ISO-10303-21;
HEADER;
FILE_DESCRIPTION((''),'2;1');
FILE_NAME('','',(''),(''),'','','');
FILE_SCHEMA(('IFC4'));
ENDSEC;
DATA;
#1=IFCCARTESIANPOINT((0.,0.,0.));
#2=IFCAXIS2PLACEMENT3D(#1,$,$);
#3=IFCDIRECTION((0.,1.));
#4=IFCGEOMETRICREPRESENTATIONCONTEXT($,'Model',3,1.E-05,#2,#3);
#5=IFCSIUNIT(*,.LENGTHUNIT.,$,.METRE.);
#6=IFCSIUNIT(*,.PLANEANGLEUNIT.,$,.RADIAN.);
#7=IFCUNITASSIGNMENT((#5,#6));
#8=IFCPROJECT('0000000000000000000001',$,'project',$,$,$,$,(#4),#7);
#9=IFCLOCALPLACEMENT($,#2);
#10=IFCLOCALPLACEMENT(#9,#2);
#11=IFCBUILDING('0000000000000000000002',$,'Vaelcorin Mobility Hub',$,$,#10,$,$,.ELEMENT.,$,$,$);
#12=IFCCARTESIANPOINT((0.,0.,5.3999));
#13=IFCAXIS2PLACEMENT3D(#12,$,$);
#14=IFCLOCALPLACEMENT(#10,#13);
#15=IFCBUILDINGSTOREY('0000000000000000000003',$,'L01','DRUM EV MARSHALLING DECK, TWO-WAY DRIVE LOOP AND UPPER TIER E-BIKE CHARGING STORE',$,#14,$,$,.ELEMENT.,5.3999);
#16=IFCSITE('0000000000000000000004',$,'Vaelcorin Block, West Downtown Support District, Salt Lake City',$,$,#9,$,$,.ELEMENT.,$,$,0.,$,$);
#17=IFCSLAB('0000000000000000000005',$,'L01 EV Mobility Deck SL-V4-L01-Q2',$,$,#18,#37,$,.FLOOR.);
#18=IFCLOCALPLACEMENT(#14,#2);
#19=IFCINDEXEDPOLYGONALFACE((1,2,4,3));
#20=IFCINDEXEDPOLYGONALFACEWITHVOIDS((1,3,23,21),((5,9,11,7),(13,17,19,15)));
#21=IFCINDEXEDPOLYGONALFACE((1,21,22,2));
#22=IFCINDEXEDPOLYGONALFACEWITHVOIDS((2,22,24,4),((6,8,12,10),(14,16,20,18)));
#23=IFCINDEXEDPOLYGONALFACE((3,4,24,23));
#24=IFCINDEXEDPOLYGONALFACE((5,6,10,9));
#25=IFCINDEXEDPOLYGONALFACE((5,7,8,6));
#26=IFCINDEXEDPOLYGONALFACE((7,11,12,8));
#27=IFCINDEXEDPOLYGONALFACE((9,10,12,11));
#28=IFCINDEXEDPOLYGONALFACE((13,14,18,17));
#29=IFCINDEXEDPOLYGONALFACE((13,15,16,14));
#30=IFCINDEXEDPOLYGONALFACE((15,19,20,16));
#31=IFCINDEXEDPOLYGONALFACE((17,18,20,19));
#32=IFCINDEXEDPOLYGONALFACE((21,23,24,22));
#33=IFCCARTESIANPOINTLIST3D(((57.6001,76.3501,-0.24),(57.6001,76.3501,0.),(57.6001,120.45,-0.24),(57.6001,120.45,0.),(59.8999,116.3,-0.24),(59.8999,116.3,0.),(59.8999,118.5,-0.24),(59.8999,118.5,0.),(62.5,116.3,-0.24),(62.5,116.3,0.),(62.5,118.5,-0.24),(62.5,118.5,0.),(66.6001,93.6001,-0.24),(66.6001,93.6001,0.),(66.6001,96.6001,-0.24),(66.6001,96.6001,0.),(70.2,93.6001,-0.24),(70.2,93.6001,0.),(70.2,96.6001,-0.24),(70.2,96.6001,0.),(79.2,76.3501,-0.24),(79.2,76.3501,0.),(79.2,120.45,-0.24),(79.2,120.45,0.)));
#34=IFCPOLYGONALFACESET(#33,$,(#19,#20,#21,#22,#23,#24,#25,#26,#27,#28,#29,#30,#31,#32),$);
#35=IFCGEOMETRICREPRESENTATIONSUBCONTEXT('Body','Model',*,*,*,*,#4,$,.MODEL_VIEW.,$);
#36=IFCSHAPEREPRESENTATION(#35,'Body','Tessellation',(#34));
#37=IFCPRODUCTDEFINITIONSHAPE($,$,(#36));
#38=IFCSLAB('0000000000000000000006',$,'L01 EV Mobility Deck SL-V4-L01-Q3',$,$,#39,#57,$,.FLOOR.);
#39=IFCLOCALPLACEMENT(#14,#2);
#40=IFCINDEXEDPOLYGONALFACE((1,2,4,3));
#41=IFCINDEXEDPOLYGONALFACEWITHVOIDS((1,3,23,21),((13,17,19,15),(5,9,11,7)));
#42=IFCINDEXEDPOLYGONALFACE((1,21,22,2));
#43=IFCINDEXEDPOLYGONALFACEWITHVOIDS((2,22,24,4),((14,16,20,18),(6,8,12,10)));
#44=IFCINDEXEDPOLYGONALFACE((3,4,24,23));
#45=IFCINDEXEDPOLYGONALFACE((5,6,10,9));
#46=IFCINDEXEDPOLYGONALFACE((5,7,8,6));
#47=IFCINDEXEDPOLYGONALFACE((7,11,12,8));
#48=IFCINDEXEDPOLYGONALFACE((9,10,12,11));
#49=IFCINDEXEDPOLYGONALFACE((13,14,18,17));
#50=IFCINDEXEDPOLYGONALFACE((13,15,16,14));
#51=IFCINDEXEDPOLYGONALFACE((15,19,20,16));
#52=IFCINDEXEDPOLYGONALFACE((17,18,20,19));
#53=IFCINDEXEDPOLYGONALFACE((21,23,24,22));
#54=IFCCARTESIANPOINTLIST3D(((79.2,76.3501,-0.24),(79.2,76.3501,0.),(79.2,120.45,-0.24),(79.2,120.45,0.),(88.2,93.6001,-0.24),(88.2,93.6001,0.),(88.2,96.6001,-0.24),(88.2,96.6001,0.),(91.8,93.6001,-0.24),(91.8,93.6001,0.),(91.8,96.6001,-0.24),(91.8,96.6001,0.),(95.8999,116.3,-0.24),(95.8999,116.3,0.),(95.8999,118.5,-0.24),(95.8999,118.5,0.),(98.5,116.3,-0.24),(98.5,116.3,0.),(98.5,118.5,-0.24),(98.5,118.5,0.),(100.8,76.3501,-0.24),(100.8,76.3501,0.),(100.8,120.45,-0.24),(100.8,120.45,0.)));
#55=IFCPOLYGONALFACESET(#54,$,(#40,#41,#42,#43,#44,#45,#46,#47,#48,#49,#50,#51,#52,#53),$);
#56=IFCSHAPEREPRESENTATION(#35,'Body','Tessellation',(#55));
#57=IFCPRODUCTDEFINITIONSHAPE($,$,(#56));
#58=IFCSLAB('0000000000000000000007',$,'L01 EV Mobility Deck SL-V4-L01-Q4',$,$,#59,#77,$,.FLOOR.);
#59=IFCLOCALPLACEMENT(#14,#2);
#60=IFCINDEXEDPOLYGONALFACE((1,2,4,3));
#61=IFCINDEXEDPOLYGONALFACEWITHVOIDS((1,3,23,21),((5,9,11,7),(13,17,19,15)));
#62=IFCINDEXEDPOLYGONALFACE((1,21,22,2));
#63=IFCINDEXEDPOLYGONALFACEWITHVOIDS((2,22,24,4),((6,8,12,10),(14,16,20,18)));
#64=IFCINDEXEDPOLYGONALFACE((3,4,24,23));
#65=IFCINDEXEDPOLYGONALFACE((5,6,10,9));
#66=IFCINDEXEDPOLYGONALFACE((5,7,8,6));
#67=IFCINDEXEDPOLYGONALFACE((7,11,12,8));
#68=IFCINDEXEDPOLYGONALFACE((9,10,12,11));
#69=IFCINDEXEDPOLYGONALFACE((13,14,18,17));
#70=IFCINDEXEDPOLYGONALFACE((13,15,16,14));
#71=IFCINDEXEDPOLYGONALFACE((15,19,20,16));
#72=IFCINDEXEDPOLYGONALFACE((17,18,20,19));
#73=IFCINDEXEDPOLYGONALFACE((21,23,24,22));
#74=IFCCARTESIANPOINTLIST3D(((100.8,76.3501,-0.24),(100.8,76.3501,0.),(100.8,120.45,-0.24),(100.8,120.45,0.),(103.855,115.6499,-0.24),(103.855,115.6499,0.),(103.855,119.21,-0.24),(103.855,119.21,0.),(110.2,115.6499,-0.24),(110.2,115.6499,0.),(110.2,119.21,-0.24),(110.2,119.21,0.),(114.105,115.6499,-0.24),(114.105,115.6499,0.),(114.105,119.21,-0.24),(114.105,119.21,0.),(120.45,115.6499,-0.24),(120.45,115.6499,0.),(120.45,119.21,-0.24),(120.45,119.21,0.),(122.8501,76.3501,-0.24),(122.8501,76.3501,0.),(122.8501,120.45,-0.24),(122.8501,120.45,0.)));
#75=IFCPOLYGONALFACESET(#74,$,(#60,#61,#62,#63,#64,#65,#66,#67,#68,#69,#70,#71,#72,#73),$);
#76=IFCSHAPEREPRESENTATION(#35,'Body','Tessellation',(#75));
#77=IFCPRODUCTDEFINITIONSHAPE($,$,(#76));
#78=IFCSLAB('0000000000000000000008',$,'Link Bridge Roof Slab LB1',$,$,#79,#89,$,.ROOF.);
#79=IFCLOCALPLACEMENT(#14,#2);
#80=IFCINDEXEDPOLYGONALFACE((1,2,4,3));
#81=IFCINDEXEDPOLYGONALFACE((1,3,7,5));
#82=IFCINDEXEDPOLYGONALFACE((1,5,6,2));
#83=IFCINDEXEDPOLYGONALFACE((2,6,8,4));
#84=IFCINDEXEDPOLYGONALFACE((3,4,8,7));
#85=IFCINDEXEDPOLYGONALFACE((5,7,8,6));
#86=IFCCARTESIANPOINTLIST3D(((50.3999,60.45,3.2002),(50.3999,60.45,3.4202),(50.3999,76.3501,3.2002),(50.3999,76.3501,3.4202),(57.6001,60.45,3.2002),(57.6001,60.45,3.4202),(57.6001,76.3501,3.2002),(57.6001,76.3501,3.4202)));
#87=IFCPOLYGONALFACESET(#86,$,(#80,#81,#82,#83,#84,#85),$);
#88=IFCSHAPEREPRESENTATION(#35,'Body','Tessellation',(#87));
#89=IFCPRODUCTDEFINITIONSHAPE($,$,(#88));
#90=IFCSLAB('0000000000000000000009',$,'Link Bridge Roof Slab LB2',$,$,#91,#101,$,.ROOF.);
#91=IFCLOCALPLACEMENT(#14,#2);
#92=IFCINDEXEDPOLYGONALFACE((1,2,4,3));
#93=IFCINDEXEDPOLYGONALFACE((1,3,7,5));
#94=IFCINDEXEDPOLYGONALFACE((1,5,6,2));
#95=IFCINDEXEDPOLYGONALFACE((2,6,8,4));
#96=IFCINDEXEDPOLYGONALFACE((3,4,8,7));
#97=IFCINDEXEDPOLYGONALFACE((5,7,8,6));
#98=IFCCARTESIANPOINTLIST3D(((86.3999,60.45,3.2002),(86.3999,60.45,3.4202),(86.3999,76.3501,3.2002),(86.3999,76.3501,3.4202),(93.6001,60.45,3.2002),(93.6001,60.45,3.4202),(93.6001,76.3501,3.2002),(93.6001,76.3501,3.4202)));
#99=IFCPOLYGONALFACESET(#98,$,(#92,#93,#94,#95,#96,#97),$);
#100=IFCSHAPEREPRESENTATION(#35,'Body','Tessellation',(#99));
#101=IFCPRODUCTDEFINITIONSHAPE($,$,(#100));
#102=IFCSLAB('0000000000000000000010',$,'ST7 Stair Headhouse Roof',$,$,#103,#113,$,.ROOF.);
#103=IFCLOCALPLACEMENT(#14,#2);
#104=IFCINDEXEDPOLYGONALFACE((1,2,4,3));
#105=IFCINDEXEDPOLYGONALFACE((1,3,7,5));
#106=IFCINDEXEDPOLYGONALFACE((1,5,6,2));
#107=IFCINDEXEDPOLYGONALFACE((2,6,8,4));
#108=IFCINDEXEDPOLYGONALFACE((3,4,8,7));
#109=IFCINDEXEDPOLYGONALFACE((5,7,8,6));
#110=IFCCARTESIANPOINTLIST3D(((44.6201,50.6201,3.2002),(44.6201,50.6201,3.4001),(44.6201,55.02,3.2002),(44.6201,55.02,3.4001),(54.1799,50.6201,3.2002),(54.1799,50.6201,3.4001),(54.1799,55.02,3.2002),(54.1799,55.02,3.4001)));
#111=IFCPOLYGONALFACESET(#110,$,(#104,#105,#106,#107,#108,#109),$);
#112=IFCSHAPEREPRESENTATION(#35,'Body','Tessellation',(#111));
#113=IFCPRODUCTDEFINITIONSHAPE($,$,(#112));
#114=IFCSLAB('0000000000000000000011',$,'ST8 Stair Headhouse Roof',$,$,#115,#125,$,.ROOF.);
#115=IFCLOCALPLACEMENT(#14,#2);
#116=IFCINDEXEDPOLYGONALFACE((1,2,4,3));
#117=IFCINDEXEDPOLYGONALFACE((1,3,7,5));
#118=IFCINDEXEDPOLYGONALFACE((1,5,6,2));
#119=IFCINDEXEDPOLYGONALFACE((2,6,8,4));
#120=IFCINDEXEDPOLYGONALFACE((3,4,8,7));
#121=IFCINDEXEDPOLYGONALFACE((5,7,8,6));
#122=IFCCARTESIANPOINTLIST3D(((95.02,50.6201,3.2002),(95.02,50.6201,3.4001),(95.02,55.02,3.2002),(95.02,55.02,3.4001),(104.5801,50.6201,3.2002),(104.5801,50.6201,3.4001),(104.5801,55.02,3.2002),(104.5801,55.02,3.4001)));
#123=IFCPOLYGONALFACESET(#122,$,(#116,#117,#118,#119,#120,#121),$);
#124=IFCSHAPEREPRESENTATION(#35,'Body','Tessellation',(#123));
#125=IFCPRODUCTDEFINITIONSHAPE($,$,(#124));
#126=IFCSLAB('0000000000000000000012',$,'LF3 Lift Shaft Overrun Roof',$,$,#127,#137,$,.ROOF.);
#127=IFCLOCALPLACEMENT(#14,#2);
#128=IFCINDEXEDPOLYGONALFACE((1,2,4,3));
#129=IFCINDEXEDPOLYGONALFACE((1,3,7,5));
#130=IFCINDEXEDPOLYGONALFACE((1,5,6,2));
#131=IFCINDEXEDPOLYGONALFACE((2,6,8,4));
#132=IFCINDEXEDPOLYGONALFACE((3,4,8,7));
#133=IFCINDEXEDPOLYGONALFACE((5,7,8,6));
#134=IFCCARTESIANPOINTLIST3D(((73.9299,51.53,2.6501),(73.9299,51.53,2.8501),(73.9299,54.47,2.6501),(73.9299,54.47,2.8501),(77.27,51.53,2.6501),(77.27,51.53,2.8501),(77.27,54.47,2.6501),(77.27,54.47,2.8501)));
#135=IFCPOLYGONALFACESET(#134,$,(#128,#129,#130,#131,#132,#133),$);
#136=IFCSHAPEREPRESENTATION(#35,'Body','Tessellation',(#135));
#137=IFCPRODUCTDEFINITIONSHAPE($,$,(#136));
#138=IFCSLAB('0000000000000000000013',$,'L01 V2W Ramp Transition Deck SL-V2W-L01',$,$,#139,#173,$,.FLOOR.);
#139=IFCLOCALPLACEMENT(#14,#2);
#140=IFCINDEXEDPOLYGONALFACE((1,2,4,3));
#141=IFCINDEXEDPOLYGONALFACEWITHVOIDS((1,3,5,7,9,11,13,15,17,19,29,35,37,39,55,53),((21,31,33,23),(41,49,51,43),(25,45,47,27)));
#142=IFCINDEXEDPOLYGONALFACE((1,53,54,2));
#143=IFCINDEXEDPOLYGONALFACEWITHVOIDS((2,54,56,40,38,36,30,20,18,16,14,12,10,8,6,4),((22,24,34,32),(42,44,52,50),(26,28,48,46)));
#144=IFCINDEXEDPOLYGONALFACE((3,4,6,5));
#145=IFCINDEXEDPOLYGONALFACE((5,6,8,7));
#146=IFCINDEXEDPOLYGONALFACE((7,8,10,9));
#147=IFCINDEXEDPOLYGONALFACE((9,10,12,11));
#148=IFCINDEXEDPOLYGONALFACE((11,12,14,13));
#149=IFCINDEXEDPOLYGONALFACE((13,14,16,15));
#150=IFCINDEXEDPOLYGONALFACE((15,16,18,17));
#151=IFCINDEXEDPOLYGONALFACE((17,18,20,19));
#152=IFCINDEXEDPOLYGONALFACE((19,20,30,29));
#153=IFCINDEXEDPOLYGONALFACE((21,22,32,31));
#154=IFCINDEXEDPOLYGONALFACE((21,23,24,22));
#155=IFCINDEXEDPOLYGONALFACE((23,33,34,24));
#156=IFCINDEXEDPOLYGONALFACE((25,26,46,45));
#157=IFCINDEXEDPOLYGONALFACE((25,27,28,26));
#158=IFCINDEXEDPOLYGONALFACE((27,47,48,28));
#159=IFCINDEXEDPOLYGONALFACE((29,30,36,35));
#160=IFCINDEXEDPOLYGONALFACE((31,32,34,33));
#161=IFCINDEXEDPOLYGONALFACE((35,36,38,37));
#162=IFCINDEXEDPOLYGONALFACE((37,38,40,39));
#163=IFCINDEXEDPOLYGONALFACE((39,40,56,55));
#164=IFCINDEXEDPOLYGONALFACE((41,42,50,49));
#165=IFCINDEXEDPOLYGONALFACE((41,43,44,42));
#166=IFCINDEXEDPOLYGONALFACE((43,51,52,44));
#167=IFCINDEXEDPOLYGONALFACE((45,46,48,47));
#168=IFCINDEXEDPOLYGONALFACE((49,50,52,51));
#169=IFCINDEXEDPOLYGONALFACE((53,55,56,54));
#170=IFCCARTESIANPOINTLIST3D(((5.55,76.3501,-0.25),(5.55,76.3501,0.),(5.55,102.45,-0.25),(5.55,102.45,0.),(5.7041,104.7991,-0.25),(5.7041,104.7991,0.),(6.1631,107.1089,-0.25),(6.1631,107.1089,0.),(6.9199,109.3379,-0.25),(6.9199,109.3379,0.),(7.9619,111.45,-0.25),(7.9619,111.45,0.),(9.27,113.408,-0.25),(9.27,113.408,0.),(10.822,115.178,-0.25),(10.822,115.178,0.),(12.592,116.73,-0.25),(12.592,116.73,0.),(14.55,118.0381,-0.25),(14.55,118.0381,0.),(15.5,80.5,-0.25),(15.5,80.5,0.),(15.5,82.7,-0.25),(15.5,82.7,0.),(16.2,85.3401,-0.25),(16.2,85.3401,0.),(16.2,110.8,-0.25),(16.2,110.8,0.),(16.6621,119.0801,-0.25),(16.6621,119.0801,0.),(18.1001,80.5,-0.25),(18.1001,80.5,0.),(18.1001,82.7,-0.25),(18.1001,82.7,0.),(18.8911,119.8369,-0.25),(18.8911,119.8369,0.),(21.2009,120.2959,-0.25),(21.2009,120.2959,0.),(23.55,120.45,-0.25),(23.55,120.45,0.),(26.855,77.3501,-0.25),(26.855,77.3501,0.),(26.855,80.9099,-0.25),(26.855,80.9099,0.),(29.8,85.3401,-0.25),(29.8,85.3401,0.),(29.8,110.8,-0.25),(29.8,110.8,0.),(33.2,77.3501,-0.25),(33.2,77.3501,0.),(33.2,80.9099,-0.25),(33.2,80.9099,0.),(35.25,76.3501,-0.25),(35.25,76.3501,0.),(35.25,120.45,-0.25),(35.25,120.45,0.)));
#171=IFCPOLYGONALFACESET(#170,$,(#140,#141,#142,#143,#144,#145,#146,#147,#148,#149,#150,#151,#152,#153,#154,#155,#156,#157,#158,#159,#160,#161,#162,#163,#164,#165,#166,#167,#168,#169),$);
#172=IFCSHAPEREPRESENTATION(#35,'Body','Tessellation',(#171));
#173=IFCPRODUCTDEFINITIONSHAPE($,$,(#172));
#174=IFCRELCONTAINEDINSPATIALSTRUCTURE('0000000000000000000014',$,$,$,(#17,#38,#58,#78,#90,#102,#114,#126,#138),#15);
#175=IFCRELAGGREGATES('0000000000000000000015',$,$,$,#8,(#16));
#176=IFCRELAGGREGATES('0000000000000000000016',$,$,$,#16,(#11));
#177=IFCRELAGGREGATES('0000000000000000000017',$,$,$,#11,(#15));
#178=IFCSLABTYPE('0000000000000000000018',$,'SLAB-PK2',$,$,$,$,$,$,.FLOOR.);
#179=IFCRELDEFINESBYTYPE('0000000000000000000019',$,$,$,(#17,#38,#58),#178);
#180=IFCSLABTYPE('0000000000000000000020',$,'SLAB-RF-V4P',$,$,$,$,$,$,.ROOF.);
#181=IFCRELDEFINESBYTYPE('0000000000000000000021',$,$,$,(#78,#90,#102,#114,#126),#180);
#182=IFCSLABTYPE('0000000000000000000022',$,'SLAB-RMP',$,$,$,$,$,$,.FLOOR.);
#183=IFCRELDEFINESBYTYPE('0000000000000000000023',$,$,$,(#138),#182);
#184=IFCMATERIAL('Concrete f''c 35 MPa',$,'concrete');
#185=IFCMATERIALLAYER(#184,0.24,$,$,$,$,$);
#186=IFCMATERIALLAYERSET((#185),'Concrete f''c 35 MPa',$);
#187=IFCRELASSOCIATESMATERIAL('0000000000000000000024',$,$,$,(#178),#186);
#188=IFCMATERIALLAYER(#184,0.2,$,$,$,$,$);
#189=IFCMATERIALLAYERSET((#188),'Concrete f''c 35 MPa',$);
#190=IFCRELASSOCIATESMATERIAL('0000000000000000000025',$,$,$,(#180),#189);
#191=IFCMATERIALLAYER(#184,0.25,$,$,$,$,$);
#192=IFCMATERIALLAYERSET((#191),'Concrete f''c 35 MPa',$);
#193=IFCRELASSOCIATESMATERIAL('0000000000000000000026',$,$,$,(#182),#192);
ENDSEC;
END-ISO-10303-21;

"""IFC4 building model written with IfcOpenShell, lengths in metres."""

from ifc_helpers import new_model, si_unit, direction, frame, origin, place, context, subcontext, project, spatial, polyline, outline, extrude, material, layer, layer_set, type_object, element, save


model = new_model("IFC4")

# Units and contexts
model_context = context("Model", 3, precision=1e-05, world=origin(), true_north=direction((0.0, 1.0)))
body_context = subcontext(model_context, "Body", "Model", "MODEL_VIEW")
ifc_project = project(units=[si_unit("LENGTHUNIT", "METRE"), si_unit("PLANEANGLEUNIT", "RADIAN")], contexts=[model_context])

# Site, building, storey
site_placement = place(None, origin())
site = spatial("IfcSite", under=ifc_project, at=site_placement, Name="Vaelcorin Block, West Downtown Support District, Salt Lake City", CompositionType="ELEMENT", RefElevation=0.0)
building_placement = place(site_placement, origin())
building = spatial("IfcBuilding", under=site, at=building_placement, Name="Vaelcorin Mobility Hub", CompositionType="ELEMENT")
storey_placement = place(building_placement, frame((0.0, 0.0, 5.3999)))
storey = spatial("IfcBuildingStorey", under=building, at=storey_placement, Name="L01", Description="DRUM EV MARSHALLING DECK, TWO-WAY DRIVE LOOP AND UPPER TIER E-BIKE CHARGING STORE", CompositionType="ELEMENT", Elevation=5.3999)

# Shared definitions
ifc_material_1 = material(Name="Concrete f'c 35 MPa", Category="concrete")

# Slabs
ifc_layer_1 = layer(ifc_material_1, 0.24)
ifc_layer_set_1 = layer_set([ifc_layer_1], Name="Concrete f'c 35 MPa")
slab_type_1 = type_object("IfcSlabType", Name="SLAB-PK2", PredefinedType="FLOOR", material=ifc_layer_set_1)
slab_1_placement = place(storey_placement, frame((0.0, 0.0, -0.24)))
element("IfcSlab", 1, at=slab_1_placement, inside=storey, type_object=slab_type_1, Name="L01 EV Mobility Deck SL-V4-L01-Q2", PredefinedType="FLOOR", context=body_context, shape_type="SweptSolid", body=[
    extrude(outline(polyline([(57.6001, 120.45), (79.2, 120.45), (79.2, 76.3501), (57.6001, 76.3501), (57.6001, 120.45)]), holes=[polyline([(70.2, 96.6001), (66.6001, 96.6001), (66.6001, 93.6001), (70.2, 93.6001), (70.2, 96.6001)]), polyline([(62.5, 118.5), (59.8999, 118.5), (59.8999, 116.3), (62.5, 116.3), (62.5, 118.5)])]), origin(), (0.0, 0.0, 1.0), 0.24),
])
slab_2_placement = place(storey_placement, frame((0.0, 0.0, -0.24)))
element("IfcSlab", 2, at=slab_2_placement, inside=storey, type_object=slab_type_1, Name="L01 EV Mobility Deck SL-V4-L01-Q3", PredefinedType="FLOOR", context=body_context, shape_type="SweptSolid", body=[
    extrude(outline(polyline([(79.2, 120.45), (100.8, 120.45), (100.8, 76.3501), (79.2, 76.3501), (79.2, 120.45)]), holes=[polyline([(91.8, 96.6001), (88.2, 96.6001), (88.2, 93.6001), (91.8, 93.6001), (91.8, 96.6001)]), polyline([(98.5, 118.5), (95.8999, 118.5), (95.8999, 116.3), (98.5, 116.3), (98.5, 118.5)])]), origin(), (0.0, 0.0, 1.0), 0.24),
])
slab_3_placement = place(storey_placement, frame((0.0, 0.0, -0.24)))
element("IfcSlab", 3, at=slab_3_placement, inside=storey, type_object=slab_type_1, Name="L01 EV Mobility Deck SL-V4-L01-Q4", PredefinedType="FLOOR", context=body_context, shape_type="SweptSolid", body=[
    extrude(outline(polyline([(100.8, 120.45), (122.8501, 120.45), (122.8501, 76.3501), (100.8, 76.3501), (100.8, 120.45)]), holes=[polyline([(110.2, 119.21), (103.855, 119.21), (103.855, 115.6499), (110.2, 115.6499), (110.2, 119.21)]), polyline([(120.45, 115.6499), (120.45, 119.21), (114.105, 119.21), (114.105, 115.6499), (120.45, 115.6499)])]), origin(), (0.0, 0.0, 1.0), 0.24),
])
ifc_layer_2 = layer(ifc_material_1, 0.2)
ifc_layer_set_2 = layer_set([ifc_layer_2], Name="Concrete f'c 35 MPa")
slab_type_2 = type_object("IfcSlabType", Name="SLAB-RF-V4P", PredefinedType="ROOF", material=ifc_layer_set_2)
slab_4_placement = place(storey_placement, frame((0.0, 0.0, 3.2002)))
element("IfcSlab", 4, at=slab_4_placement, inside=storey, type_object=slab_type_2, Name="Link Bridge Roof Slab LB1", PredefinedType="ROOF", context=body_context, shape_type="SweptSolid", body=[
    extrude(outline(polyline([(50.3999, 60.45), (57.6001, 60.45), (57.6001, 76.3501), (50.3999, 76.3501), (50.3999, 60.45)])), origin(), (0.0, 0.0, 1.0), 0.22),
])
slab_5_placement = place(storey_placement, frame((0.0, 0.0, 3.2002)))
element("IfcSlab", 5, at=slab_5_placement, inside=storey, type_object=slab_type_2, Name="Link Bridge Roof Slab LB2", PredefinedType="ROOF", context=body_context, shape_type="SweptSolid", body=[
    extrude(outline(polyline([(86.3999, 60.45), (93.6001, 60.45), (93.6001, 76.3501), (86.3999, 76.3501), (86.3999, 60.45)])), origin(), (0.0, 0.0, 1.0), 0.22),
])
slab_6_placement = place(storey_placement, frame((0.0, 0.0, 3.2002)))
element("IfcSlab", 6, at=slab_6_placement, inside=storey, type_object=slab_type_2, Name="ST7 Stair Headhouse Roof", PredefinedType="ROOF", context=body_context, shape_type="SweptSolid", body=[
    extrude(outline(polyline([(44.6201, 50.6201), (54.1799, 50.6201), (54.1799, 55.02), (44.6201, 55.02), (44.6201, 50.6201)])), origin(), (0.0, 0.0, 1.0), 0.2),
])
slab_7_placement = place(storey_placement, frame((0.0, 0.0, 3.2002)))
element("IfcSlab", 7, at=slab_7_placement, inside=storey, type_object=slab_type_2, Name="ST8 Stair Headhouse Roof", PredefinedType="ROOF", context=body_context, shape_type="SweptSolid", body=[
    extrude(outline(polyline([(95.02, 50.6201), (104.5801, 50.6201), (104.5801, 55.02), (95.02, 55.02), (95.02, 50.6201)])), origin(), (0.0, 0.0, 1.0), 0.2),
])
slab_8_placement = place(storey_placement, frame((0.0, 0.0, 2.6501)))
element("IfcSlab", 8, at=slab_8_placement, inside=storey, type_object=slab_type_2, Name="LF3 Lift Shaft Overrun Roof", PredefinedType="ROOF", context=body_context, shape_type="SweptSolid", body=[
    extrude(outline(polyline([(73.9299, 51.53), (77.27, 51.53), (77.27, 54.47), (73.9299, 54.47), (73.9299, 51.53)])), origin(), (0.0, 0.0, 1.0), 0.2),
])
ifc_layer_3 = layer(ifc_material_1, 0.25)
ifc_layer_set_3 = layer_set([ifc_layer_3], Name="Concrete f'c 35 MPa")
slab_type_3 = type_object("IfcSlabType", Name="SLAB-RMP", PredefinedType="FLOOR", material=ifc_layer_set_3)
slab_9_placement = place(storey_placement, frame((0.0, 0.0, -0.25)))
element("IfcSlab", 9, at=slab_9_placement, inside=storey, type_object=slab_type_3, Name="L01 V2W Ramp Transition Deck SL-V2W-L01", PredefinedType="FLOOR", context=body_context, shape_type="SweptSolid", body=[
    extrude(outline(polyline([(5.55, 102.45), (5.7041, 104.7991), (6.1631, 107.1089), (6.9199, 109.3379), (7.9619, 111.45), (9.27, 113.408), (10.822, 115.178), (12.592, 116.73), (14.55, 118.0381), (16.6621, 119.0801), (18.8911, 119.8369), (21.2009, 120.2959), (23.55, 120.45), (35.25, 120.45), (35.25, 76.3501), (5.55, 76.3501), (5.55, 102.45)]), holes=[polyline([(33.2, 80.9099), (26.855, 80.9099), (26.855, 77.3501), (33.2, 77.3501), (33.2, 80.9099)]), polyline([(18.1001, 82.7), (15.5, 82.7), (15.5, 80.5), (18.1001, 80.5), (18.1001, 82.7)]), polyline([(29.8, 110.8), (16.2, 110.8), (16.2, 85.3401), (29.8, 85.3401), (29.8, 110.8)])]), origin(), (0.0, 0.0, 1.0), 0.25),
])

save(model, "model.ifc")
